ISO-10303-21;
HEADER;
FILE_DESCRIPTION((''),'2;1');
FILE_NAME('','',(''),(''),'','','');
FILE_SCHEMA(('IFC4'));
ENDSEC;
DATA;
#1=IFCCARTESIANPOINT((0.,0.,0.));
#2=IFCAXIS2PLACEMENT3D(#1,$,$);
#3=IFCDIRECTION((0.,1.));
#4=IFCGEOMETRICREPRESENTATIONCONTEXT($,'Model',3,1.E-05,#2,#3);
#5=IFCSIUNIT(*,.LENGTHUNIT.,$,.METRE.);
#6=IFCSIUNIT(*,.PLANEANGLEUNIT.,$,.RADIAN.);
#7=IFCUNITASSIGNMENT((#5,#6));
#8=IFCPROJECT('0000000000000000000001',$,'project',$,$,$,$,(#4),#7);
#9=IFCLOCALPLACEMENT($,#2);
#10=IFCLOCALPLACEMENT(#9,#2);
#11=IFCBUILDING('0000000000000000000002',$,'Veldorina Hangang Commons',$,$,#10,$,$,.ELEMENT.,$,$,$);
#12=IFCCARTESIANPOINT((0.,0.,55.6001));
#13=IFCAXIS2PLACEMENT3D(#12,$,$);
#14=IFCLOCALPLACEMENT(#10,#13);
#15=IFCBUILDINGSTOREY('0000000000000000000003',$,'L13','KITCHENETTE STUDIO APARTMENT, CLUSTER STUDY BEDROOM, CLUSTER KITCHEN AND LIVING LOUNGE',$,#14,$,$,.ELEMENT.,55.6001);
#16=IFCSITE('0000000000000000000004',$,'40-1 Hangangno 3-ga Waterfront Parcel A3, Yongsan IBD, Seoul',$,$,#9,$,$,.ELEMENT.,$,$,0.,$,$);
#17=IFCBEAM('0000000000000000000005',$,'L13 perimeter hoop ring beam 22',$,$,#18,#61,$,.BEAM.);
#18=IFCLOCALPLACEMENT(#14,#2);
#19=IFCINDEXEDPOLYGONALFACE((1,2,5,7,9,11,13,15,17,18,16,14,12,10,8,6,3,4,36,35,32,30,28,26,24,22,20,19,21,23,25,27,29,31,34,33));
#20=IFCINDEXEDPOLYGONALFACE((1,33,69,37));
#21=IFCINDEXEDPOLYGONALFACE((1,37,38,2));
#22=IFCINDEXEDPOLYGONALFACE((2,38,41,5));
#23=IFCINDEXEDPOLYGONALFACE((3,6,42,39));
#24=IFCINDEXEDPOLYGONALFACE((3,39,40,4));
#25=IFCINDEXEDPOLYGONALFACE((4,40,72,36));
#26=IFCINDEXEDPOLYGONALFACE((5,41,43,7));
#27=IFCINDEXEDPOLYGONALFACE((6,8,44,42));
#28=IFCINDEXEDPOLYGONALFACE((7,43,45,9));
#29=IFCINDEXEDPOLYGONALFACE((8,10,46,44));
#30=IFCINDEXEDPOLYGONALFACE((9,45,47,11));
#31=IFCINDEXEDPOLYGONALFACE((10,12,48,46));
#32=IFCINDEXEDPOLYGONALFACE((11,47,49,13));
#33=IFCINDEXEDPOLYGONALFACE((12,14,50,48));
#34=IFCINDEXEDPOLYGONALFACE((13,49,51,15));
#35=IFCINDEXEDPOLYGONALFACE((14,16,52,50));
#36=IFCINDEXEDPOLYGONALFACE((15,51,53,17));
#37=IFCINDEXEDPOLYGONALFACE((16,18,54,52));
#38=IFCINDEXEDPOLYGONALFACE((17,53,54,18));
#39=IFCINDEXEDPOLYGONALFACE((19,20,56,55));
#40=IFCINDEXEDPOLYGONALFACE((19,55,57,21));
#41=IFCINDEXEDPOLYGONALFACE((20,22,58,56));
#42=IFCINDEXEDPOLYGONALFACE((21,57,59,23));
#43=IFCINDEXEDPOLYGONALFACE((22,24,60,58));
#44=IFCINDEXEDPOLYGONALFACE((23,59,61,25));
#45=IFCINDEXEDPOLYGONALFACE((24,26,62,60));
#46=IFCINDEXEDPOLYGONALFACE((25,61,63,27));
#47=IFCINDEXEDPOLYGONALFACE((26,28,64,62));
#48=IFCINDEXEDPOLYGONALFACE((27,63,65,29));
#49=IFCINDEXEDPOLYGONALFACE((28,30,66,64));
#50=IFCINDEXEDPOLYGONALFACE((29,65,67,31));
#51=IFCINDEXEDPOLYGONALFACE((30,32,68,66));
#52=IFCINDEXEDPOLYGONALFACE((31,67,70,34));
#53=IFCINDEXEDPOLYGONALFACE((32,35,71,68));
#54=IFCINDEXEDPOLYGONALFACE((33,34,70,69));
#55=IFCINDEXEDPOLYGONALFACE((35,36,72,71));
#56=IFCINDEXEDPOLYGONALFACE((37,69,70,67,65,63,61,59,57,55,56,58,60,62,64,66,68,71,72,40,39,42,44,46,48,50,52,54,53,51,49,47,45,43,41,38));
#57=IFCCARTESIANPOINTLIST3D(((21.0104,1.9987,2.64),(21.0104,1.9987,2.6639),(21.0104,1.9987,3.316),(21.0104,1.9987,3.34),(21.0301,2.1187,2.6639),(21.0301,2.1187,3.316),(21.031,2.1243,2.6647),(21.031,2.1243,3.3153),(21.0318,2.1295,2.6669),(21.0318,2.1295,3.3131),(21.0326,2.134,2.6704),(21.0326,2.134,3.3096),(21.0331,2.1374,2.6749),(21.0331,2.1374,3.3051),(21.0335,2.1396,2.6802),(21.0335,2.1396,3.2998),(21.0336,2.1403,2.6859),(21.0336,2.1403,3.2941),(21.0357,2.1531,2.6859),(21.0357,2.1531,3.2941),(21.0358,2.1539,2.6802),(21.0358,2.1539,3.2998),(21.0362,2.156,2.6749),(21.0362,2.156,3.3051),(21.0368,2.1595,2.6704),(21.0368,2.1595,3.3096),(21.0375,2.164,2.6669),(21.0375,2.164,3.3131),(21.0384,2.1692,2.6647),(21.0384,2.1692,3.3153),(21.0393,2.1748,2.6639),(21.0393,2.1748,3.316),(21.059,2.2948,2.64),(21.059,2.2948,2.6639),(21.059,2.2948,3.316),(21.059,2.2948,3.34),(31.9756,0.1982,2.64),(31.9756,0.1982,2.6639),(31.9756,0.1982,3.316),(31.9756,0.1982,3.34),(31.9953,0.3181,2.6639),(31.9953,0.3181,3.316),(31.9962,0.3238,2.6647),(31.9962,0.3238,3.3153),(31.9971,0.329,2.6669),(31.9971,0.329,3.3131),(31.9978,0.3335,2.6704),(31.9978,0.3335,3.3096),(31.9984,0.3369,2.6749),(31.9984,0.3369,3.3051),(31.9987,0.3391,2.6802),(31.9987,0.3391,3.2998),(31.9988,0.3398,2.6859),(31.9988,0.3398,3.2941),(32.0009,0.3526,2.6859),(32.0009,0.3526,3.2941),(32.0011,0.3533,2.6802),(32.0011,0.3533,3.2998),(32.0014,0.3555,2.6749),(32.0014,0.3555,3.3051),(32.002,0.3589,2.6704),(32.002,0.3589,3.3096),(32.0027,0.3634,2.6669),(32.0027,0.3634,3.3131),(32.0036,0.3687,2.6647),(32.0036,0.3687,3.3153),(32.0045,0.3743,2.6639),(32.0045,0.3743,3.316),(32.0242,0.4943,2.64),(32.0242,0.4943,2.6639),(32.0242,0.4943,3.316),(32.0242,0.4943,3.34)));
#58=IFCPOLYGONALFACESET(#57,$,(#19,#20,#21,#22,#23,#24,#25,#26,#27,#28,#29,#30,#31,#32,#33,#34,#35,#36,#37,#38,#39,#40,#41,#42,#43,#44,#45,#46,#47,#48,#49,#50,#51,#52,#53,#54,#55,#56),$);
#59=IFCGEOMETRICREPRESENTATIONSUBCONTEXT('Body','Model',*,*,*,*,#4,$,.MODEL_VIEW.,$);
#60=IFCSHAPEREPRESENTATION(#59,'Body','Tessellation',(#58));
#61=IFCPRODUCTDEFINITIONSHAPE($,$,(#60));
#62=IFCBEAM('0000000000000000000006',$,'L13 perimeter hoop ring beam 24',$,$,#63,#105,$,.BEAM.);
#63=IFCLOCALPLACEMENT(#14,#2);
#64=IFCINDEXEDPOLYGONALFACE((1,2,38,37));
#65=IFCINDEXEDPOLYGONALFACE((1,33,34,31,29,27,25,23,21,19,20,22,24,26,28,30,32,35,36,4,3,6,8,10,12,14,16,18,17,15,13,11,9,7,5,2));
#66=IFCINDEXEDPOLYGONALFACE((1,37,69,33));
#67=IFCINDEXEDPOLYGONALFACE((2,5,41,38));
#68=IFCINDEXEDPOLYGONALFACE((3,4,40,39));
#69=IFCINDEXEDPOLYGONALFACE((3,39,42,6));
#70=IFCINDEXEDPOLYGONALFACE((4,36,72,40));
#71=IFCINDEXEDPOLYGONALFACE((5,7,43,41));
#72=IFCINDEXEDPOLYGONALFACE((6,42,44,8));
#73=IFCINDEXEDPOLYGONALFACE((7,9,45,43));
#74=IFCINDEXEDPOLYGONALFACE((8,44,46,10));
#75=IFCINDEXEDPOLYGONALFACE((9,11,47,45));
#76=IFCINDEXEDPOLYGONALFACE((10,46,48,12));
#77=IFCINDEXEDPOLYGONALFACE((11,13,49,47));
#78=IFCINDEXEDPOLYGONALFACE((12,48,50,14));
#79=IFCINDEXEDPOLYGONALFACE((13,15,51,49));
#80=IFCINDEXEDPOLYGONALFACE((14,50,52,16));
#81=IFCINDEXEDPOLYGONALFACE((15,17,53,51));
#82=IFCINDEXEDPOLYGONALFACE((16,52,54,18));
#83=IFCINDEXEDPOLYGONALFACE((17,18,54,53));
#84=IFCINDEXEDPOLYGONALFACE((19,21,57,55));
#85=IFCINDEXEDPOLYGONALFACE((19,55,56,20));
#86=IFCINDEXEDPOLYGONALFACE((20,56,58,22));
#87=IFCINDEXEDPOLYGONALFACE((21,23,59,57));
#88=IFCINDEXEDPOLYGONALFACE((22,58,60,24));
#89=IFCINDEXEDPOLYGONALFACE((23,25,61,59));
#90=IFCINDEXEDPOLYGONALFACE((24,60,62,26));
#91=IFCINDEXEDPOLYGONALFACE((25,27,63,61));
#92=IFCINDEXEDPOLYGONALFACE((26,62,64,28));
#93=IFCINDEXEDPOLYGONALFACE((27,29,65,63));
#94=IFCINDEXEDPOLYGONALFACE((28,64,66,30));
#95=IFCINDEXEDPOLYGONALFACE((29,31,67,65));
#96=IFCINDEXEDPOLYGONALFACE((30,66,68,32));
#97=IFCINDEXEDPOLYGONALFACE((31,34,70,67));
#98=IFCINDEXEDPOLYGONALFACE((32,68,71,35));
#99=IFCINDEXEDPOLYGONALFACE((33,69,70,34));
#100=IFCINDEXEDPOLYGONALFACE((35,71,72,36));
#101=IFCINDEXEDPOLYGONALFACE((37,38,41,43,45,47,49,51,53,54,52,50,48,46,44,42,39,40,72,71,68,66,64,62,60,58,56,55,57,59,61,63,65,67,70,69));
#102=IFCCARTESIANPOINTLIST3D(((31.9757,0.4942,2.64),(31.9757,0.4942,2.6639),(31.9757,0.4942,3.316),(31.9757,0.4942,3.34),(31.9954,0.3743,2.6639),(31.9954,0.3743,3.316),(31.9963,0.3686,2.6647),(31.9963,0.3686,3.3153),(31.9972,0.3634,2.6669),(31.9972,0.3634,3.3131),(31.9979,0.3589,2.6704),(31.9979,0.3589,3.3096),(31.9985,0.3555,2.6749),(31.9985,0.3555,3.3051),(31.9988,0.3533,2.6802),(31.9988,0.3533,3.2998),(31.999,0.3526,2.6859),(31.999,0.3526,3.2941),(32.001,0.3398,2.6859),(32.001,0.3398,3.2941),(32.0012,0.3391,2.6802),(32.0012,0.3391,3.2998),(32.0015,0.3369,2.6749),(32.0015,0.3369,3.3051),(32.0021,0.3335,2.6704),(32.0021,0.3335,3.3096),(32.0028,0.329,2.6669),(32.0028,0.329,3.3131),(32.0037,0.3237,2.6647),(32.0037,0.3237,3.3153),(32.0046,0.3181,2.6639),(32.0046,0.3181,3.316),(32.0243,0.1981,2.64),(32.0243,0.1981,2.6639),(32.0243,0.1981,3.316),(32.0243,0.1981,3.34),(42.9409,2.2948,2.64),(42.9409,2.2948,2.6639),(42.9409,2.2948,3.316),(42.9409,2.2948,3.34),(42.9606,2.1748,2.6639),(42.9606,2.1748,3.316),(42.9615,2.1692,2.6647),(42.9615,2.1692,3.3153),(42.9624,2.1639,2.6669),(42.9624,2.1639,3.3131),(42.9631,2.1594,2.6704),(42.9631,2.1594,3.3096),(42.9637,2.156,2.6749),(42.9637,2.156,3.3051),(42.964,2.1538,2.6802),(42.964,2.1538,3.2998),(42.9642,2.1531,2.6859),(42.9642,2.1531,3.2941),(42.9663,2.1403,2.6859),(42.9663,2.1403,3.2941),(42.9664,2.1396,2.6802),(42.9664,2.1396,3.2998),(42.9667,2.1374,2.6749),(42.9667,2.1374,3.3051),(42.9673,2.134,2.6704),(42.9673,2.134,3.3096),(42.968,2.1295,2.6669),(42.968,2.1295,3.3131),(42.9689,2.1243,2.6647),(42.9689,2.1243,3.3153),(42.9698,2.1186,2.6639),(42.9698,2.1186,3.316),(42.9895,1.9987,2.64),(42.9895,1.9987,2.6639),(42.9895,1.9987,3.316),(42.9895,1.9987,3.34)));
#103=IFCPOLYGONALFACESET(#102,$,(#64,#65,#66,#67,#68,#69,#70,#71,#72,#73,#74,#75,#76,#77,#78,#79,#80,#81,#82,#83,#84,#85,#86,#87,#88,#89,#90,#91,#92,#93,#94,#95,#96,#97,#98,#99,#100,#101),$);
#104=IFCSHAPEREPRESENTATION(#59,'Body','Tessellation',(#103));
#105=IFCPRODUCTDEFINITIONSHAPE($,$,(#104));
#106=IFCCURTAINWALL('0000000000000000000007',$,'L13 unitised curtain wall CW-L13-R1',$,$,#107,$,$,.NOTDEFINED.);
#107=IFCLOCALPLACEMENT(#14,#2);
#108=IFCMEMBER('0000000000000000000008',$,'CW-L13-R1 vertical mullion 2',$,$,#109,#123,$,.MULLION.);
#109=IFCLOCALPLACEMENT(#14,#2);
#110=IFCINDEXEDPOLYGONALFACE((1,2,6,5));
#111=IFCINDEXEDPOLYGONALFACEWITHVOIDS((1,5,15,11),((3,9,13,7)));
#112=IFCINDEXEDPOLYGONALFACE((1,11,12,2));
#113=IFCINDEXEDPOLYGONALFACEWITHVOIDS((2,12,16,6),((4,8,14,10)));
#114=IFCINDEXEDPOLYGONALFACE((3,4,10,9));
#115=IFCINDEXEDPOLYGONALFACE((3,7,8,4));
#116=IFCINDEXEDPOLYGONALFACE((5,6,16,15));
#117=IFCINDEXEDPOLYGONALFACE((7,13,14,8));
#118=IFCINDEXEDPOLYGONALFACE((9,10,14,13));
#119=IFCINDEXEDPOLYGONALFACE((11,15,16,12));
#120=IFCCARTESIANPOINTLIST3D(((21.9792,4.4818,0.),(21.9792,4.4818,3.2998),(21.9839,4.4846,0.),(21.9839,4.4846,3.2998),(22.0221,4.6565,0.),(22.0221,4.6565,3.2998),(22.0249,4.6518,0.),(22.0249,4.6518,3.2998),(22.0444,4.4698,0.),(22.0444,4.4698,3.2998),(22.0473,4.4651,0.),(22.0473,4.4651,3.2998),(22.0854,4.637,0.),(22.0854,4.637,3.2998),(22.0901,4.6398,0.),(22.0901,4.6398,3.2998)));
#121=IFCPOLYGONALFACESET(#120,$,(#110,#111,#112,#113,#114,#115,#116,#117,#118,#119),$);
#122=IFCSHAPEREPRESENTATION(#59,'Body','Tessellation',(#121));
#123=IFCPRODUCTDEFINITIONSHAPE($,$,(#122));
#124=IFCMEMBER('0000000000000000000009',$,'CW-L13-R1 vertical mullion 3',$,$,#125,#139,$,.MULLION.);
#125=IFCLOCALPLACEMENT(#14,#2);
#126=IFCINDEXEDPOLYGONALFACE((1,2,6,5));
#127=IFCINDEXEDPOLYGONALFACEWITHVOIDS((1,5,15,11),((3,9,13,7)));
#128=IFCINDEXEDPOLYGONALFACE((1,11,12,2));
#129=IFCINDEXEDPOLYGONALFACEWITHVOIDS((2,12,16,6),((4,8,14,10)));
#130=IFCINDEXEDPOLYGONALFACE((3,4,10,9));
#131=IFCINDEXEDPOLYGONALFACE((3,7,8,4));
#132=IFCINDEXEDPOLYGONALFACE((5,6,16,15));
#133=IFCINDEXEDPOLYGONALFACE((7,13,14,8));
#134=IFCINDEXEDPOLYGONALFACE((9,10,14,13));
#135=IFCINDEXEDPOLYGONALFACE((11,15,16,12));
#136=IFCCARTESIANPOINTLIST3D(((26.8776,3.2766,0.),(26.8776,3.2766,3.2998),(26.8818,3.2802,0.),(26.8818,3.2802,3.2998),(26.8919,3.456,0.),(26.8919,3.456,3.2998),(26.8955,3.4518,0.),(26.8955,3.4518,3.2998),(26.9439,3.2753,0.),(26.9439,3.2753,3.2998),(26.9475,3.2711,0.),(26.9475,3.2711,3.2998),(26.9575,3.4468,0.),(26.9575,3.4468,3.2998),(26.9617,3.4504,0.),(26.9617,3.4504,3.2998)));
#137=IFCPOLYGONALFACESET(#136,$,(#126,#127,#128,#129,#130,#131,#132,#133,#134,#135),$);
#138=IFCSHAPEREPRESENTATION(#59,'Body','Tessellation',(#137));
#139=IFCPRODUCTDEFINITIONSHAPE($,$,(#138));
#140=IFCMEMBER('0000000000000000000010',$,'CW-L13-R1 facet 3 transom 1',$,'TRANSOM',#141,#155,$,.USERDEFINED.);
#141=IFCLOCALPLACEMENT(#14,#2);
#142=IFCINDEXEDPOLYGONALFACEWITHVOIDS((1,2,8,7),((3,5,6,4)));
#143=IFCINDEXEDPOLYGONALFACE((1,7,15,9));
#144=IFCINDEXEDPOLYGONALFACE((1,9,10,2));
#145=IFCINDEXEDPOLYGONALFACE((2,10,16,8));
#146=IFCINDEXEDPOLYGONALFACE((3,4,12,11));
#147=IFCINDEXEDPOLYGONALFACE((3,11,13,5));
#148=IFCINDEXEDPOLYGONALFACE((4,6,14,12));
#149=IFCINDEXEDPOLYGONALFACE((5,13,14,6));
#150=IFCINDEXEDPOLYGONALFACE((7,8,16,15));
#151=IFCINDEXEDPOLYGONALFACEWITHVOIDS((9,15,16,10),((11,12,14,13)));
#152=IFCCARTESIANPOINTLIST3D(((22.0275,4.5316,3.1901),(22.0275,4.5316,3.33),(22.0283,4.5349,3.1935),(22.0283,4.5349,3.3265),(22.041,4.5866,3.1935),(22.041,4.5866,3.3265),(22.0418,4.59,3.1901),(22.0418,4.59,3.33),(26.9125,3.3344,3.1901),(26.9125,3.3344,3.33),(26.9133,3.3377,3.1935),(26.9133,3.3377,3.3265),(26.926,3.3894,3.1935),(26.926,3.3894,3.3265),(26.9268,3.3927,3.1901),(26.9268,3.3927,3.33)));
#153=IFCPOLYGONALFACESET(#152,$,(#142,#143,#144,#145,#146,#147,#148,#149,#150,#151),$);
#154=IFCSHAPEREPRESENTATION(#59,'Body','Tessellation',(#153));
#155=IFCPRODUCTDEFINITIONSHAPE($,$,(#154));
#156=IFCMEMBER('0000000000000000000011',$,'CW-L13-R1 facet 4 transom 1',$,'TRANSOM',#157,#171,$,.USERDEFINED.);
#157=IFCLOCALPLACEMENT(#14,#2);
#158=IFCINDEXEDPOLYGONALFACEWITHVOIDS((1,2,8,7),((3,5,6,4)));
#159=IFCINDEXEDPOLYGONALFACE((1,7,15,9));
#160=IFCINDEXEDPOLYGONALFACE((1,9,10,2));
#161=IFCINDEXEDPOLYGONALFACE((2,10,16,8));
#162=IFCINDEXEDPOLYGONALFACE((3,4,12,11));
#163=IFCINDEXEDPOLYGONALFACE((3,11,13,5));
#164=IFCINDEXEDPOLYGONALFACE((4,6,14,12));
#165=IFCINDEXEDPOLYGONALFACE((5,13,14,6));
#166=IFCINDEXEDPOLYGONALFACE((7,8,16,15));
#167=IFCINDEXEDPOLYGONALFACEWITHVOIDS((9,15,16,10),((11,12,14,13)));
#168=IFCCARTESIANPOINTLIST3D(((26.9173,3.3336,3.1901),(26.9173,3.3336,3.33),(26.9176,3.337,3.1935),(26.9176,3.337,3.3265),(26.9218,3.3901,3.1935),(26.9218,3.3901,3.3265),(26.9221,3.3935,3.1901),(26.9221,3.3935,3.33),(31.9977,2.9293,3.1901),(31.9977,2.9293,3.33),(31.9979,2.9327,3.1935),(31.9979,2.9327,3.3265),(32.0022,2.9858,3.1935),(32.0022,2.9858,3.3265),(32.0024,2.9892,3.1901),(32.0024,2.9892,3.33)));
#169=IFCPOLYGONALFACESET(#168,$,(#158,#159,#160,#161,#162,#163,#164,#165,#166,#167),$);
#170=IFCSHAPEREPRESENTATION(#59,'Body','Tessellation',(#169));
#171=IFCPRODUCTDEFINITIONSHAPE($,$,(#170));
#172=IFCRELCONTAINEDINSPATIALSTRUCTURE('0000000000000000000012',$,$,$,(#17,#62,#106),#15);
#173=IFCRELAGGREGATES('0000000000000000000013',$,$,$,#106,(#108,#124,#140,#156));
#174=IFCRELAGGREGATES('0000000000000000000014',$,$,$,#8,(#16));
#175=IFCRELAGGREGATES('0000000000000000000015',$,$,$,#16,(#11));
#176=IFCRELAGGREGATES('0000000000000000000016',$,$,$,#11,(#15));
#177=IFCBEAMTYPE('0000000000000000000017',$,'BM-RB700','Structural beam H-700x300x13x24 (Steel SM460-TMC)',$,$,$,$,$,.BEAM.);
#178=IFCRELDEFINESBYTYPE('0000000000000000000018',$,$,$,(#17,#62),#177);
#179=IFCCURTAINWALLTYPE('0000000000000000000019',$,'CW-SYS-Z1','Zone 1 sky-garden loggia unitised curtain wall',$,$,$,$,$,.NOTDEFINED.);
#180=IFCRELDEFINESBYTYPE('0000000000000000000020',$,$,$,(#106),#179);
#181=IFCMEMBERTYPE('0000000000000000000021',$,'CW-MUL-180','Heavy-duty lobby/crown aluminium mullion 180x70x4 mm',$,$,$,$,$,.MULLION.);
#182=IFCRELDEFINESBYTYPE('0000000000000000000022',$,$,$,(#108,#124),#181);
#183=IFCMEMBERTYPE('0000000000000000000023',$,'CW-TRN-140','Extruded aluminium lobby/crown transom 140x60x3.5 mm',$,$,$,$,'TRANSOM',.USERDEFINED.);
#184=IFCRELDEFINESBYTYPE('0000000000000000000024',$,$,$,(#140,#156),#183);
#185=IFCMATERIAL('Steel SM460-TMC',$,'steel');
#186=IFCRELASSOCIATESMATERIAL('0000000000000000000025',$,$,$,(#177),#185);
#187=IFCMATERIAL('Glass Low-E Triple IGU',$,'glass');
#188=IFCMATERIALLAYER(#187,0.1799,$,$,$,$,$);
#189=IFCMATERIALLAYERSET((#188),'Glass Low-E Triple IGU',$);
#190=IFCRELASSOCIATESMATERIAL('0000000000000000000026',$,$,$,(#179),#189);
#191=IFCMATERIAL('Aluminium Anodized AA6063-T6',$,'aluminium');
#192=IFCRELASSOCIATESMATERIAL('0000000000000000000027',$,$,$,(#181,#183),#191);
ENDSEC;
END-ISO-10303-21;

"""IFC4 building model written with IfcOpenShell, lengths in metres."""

from ifc_helpers import new_model, si_unit, direction, frame, origin, origin_2d, place, context, subcontext, project, spatial, hollow_rectangle, i_section, extrude, material, layer, layer_set, material_profile, profile_set, type_object, element, aggregate, save


model = new_model("IFC4")

# Units and contexts
model_context = context("Model", 3, precision=1e-05, world=origin(), true_north=direction((0.0, 1.0)))
body_context = subcontext(model_context, "Body", "Model", "MODEL_VIEW")
ifc_project = project(units=[si_unit("LENGTHUNIT", "METRE"), si_unit("PLANEANGLEUNIT", "RADIAN")], contexts=[model_context])

# Site, building, storey
site_placement = place(None, origin())
site = spatial("IfcSite", under=ifc_project, at=site_placement, Name="40-1 Hangangno 3-ga Waterfront Parcel A3, Yongsan IBD, Seoul", CompositionType="ELEMENT", RefElevation=0.0)
building_placement = place(site_placement, origin())
building = spatial("IfcBuilding", under=site, at=building_placement, Name="Veldorina Hangang Commons", CompositionType="ELEMENT")
storey_placement = place(building_placement, frame((0.0, 0.0, 55.6001)))
storey = spatial("IfcBuildingStorey", under=building, at=storey_placement, Name="L13", Description="KITCHENETTE STUDIO APARTMENT, CLUSTER STUDY BEDROOM, CLUSTER KITCHEN AND LIVING LOUNGE", CompositionType="ELEMENT", Elevation=55.6001)

# Beams
ifc_material_1 = material(Name="Steel SM460-TMC", Category="steel")
ifc_material_profile_1 = material_profile(ifc_material_1, i_section(OverallWidth=0.3, OverallDepth=0.7, WebThickness=0.0129, FlangeThickness=0.0239, FilletRadius=0.022, at=origin_2d()), Name="H-700x300x13x24")
ifc_profile_set_1 = profile_set([ifc_material_profile_1], Name="Steel SM460-TMC")
beam_type = type_object("IfcBeamType", Name="BM-RB700", Description="Structural beam H-700x300x13x24 (Steel SM460-TMC)", PredefinedType="BEAM", material=ifc_profile_set_1)
for number, where, z_axis, x_axis, name in (
    (1, (21.0347, 2.1467, 2.99), (0.986785, -0.162033, 0.0), (0.162033, 0.986785, 0.0), "L13 perimeter hoop ring beam 22"),
    (2, (32.0, 0.3462, 2.99), (0.986785, 0.162033, 0.0), (-0.162033, 0.986785, 0.0), "L13 perimeter hoop ring beam 24"),
):
    element("IfcBeam", number, at=place(storey_placement, frame(where, z_axis=z_axis, x_axis=x_axis)), inside=storey, type_object=beam_type, Name=name, PredefinedType="BEAM", context=body_context, shape_type="SweptSolid", body=[
        extrude(i_section(OverallWidth=0.3, OverallDepth=0.7, WebThickness=0.0129, FlangeThickness=0.0239, FilletRadius=0.022, at=origin_2d()), origin(), (0.0, 0.0, 1.0), 11.1121),
    ])

# Curtain wall, members
ifc_material_2 = material(Name="Glass Low-E Triple IGU", Category="glass")
ifc_layer_1 = layer(ifc_material_2, 0.1799)
ifc_layer_set_1 = layer_set([ifc_layer_1], Name="Glass Low-E Triple IGU")
curtain_wall_type = type_object("IfcCurtainWallType", Name="CW-SYS-Z1", Description="Zone 1 sky-garden loggia unitised curtain wall", PredefinedType="NOTDEFINED", material=ifc_layer_set_1)
curtain_wall_placement = place(storey_placement, origin())
curtain_wall = element("IfcCurtainWall", 3, at=curtain_wall_placement, inside=storey, type_object=curtain_wall_type, Name="L13 unitised curtain wall CW-L13-R1", PredefinedType="NOTDEFINED")
ifc_material_3 = material(Name="Aluminium Anodized AA6063-T6", Category="aluminium")
ifc_material_profile_2 = material_profile(ifc_material_3, hollow_rectangle(XDim=0.0701, YDim=0.1799, WallThickness=0.0039, at=origin_2d()), Name="ALU-RHS-180x70x4")
ifc_profile_set_2 = profile_set([ifc_material_profile_2], Name="Aluminium Anodized AA6063-T6")
member_type_1 = type_object("IfcMemberType", Name="CW-MUL-180", Description="Heavy-duty lobby/crown aluminium mullion 180x70x4 mm", PredefinedType="MULLION", material=ifc_profile_set_2)
member_1_placement = place(storey_placement, frame((22.0347, 4.5608, 0.0), z_axis=(0.0, 0.0, 1.0), x_axis=(0.971251, -0.238059, 0.0)))
member_1 = element("IfcMember", 4, at=member_1_placement, type_object=member_type_1, Name="CW-L13-R1 vertical mullion 2", PredefinedType="MULLION", context=body_context, shape_type="SweptSolid", body=[
    extrude(hollow_rectangle(XDim=0.0701, YDim=0.1799, WallThickness=0.0039, at=origin_2d()), origin(), (0.0, 0.0, 1.0), 3.2998),
])
member_2_placement = place(storey_placement, frame((26.9197, 3.3635, 0.0), z_axis=(0.0, 0.0, 1.0), x_axis=(0.996848, -0.079329, 0.0)))
member_2 = element("IfcMember", 5, at=member_2_placement, type_object=member_type_1, Name="CW-L13-R1 vertical mullion 3", PredefinedType="MULLION", context=body_context, shape_type="SweptSolid", body=[
    extrude(hollow_rectangle(XDim=0.0701, YDim=0.1799, WallThickness=0.0039, at=origin_2d()), origin(), (0.0, 0.0, 1.0), 3.2998),
])
ifc_material_profile_3 = material_profile(ifc_material_3, hollow_rectangle(XDim=0.0601, YDim=0.1399, WallThickness=0.0034, at=origin_2d()), Name="ALU-RHS-140x60x3.5")
ifc_profile_set_3 = profile_set([ifc_material_profile_3], Name="Aluminium Anodized AA6063-T6")
member_type_2 = type_object("IfcMemberType", Name="CW-TRN-140", Description="Extruded aluminium lobby/crown transom 140x60x3.5 mm", ElementType="TRANSOM", PredefinedType="USERDEFINED", material=ifc_profile_set_3)
member_3_placement = place(storey_placement, frame((22.0347, 4.5608, 3.26), z_axis=(0.971254, -0.238044, 0.0), x_axis=(0.238044, 0.971254, 0.0)))
member_3 = element("IfcMember", 6, at=member_3_placement, type_object=member_type_2, Name="CW-L13-R1 facet 3 transom 1", ObjectType="TRANSOM", PredefinedType="USERDEFINED", context=body_context, shape_type="SweptSolid", body=[
    extrude(hollow_rectangle(XDim=0.0601, YDim=0.1399, WallThickness=0.0034, at=origin_2d()), origin(), (0.0, 0.0, 1.0), 5.0295),
])
member_4_placement = place(storey_placement, frame((26.9197, 3.3635, 3.26), z_axis=(0.996848, -0.07933, 0.0), x_axis=(0.07933, 0.996848, 0.0)))
member_4 = element("IfcMember", 7, at=member_4_placement, type_object=member_type_2, Name="CW-L13-R1 facet 4 transom 1", ObjectType="TRANSOM", PredefinedType="USERDEFINED", context=body_context, shape_type="SweptSolid", body=[
    extrude(hollow_rectangle(XDim=0.0601, YDim=0.1399, WallThickness=0.0034, at=origin_2d()), origin(), (0.0, 0.0, 1.0), 5.0964),
])

aggregate(curtain_wall, [member_1, member_2, member_3, member_4])

save(model, "model.ifc")
